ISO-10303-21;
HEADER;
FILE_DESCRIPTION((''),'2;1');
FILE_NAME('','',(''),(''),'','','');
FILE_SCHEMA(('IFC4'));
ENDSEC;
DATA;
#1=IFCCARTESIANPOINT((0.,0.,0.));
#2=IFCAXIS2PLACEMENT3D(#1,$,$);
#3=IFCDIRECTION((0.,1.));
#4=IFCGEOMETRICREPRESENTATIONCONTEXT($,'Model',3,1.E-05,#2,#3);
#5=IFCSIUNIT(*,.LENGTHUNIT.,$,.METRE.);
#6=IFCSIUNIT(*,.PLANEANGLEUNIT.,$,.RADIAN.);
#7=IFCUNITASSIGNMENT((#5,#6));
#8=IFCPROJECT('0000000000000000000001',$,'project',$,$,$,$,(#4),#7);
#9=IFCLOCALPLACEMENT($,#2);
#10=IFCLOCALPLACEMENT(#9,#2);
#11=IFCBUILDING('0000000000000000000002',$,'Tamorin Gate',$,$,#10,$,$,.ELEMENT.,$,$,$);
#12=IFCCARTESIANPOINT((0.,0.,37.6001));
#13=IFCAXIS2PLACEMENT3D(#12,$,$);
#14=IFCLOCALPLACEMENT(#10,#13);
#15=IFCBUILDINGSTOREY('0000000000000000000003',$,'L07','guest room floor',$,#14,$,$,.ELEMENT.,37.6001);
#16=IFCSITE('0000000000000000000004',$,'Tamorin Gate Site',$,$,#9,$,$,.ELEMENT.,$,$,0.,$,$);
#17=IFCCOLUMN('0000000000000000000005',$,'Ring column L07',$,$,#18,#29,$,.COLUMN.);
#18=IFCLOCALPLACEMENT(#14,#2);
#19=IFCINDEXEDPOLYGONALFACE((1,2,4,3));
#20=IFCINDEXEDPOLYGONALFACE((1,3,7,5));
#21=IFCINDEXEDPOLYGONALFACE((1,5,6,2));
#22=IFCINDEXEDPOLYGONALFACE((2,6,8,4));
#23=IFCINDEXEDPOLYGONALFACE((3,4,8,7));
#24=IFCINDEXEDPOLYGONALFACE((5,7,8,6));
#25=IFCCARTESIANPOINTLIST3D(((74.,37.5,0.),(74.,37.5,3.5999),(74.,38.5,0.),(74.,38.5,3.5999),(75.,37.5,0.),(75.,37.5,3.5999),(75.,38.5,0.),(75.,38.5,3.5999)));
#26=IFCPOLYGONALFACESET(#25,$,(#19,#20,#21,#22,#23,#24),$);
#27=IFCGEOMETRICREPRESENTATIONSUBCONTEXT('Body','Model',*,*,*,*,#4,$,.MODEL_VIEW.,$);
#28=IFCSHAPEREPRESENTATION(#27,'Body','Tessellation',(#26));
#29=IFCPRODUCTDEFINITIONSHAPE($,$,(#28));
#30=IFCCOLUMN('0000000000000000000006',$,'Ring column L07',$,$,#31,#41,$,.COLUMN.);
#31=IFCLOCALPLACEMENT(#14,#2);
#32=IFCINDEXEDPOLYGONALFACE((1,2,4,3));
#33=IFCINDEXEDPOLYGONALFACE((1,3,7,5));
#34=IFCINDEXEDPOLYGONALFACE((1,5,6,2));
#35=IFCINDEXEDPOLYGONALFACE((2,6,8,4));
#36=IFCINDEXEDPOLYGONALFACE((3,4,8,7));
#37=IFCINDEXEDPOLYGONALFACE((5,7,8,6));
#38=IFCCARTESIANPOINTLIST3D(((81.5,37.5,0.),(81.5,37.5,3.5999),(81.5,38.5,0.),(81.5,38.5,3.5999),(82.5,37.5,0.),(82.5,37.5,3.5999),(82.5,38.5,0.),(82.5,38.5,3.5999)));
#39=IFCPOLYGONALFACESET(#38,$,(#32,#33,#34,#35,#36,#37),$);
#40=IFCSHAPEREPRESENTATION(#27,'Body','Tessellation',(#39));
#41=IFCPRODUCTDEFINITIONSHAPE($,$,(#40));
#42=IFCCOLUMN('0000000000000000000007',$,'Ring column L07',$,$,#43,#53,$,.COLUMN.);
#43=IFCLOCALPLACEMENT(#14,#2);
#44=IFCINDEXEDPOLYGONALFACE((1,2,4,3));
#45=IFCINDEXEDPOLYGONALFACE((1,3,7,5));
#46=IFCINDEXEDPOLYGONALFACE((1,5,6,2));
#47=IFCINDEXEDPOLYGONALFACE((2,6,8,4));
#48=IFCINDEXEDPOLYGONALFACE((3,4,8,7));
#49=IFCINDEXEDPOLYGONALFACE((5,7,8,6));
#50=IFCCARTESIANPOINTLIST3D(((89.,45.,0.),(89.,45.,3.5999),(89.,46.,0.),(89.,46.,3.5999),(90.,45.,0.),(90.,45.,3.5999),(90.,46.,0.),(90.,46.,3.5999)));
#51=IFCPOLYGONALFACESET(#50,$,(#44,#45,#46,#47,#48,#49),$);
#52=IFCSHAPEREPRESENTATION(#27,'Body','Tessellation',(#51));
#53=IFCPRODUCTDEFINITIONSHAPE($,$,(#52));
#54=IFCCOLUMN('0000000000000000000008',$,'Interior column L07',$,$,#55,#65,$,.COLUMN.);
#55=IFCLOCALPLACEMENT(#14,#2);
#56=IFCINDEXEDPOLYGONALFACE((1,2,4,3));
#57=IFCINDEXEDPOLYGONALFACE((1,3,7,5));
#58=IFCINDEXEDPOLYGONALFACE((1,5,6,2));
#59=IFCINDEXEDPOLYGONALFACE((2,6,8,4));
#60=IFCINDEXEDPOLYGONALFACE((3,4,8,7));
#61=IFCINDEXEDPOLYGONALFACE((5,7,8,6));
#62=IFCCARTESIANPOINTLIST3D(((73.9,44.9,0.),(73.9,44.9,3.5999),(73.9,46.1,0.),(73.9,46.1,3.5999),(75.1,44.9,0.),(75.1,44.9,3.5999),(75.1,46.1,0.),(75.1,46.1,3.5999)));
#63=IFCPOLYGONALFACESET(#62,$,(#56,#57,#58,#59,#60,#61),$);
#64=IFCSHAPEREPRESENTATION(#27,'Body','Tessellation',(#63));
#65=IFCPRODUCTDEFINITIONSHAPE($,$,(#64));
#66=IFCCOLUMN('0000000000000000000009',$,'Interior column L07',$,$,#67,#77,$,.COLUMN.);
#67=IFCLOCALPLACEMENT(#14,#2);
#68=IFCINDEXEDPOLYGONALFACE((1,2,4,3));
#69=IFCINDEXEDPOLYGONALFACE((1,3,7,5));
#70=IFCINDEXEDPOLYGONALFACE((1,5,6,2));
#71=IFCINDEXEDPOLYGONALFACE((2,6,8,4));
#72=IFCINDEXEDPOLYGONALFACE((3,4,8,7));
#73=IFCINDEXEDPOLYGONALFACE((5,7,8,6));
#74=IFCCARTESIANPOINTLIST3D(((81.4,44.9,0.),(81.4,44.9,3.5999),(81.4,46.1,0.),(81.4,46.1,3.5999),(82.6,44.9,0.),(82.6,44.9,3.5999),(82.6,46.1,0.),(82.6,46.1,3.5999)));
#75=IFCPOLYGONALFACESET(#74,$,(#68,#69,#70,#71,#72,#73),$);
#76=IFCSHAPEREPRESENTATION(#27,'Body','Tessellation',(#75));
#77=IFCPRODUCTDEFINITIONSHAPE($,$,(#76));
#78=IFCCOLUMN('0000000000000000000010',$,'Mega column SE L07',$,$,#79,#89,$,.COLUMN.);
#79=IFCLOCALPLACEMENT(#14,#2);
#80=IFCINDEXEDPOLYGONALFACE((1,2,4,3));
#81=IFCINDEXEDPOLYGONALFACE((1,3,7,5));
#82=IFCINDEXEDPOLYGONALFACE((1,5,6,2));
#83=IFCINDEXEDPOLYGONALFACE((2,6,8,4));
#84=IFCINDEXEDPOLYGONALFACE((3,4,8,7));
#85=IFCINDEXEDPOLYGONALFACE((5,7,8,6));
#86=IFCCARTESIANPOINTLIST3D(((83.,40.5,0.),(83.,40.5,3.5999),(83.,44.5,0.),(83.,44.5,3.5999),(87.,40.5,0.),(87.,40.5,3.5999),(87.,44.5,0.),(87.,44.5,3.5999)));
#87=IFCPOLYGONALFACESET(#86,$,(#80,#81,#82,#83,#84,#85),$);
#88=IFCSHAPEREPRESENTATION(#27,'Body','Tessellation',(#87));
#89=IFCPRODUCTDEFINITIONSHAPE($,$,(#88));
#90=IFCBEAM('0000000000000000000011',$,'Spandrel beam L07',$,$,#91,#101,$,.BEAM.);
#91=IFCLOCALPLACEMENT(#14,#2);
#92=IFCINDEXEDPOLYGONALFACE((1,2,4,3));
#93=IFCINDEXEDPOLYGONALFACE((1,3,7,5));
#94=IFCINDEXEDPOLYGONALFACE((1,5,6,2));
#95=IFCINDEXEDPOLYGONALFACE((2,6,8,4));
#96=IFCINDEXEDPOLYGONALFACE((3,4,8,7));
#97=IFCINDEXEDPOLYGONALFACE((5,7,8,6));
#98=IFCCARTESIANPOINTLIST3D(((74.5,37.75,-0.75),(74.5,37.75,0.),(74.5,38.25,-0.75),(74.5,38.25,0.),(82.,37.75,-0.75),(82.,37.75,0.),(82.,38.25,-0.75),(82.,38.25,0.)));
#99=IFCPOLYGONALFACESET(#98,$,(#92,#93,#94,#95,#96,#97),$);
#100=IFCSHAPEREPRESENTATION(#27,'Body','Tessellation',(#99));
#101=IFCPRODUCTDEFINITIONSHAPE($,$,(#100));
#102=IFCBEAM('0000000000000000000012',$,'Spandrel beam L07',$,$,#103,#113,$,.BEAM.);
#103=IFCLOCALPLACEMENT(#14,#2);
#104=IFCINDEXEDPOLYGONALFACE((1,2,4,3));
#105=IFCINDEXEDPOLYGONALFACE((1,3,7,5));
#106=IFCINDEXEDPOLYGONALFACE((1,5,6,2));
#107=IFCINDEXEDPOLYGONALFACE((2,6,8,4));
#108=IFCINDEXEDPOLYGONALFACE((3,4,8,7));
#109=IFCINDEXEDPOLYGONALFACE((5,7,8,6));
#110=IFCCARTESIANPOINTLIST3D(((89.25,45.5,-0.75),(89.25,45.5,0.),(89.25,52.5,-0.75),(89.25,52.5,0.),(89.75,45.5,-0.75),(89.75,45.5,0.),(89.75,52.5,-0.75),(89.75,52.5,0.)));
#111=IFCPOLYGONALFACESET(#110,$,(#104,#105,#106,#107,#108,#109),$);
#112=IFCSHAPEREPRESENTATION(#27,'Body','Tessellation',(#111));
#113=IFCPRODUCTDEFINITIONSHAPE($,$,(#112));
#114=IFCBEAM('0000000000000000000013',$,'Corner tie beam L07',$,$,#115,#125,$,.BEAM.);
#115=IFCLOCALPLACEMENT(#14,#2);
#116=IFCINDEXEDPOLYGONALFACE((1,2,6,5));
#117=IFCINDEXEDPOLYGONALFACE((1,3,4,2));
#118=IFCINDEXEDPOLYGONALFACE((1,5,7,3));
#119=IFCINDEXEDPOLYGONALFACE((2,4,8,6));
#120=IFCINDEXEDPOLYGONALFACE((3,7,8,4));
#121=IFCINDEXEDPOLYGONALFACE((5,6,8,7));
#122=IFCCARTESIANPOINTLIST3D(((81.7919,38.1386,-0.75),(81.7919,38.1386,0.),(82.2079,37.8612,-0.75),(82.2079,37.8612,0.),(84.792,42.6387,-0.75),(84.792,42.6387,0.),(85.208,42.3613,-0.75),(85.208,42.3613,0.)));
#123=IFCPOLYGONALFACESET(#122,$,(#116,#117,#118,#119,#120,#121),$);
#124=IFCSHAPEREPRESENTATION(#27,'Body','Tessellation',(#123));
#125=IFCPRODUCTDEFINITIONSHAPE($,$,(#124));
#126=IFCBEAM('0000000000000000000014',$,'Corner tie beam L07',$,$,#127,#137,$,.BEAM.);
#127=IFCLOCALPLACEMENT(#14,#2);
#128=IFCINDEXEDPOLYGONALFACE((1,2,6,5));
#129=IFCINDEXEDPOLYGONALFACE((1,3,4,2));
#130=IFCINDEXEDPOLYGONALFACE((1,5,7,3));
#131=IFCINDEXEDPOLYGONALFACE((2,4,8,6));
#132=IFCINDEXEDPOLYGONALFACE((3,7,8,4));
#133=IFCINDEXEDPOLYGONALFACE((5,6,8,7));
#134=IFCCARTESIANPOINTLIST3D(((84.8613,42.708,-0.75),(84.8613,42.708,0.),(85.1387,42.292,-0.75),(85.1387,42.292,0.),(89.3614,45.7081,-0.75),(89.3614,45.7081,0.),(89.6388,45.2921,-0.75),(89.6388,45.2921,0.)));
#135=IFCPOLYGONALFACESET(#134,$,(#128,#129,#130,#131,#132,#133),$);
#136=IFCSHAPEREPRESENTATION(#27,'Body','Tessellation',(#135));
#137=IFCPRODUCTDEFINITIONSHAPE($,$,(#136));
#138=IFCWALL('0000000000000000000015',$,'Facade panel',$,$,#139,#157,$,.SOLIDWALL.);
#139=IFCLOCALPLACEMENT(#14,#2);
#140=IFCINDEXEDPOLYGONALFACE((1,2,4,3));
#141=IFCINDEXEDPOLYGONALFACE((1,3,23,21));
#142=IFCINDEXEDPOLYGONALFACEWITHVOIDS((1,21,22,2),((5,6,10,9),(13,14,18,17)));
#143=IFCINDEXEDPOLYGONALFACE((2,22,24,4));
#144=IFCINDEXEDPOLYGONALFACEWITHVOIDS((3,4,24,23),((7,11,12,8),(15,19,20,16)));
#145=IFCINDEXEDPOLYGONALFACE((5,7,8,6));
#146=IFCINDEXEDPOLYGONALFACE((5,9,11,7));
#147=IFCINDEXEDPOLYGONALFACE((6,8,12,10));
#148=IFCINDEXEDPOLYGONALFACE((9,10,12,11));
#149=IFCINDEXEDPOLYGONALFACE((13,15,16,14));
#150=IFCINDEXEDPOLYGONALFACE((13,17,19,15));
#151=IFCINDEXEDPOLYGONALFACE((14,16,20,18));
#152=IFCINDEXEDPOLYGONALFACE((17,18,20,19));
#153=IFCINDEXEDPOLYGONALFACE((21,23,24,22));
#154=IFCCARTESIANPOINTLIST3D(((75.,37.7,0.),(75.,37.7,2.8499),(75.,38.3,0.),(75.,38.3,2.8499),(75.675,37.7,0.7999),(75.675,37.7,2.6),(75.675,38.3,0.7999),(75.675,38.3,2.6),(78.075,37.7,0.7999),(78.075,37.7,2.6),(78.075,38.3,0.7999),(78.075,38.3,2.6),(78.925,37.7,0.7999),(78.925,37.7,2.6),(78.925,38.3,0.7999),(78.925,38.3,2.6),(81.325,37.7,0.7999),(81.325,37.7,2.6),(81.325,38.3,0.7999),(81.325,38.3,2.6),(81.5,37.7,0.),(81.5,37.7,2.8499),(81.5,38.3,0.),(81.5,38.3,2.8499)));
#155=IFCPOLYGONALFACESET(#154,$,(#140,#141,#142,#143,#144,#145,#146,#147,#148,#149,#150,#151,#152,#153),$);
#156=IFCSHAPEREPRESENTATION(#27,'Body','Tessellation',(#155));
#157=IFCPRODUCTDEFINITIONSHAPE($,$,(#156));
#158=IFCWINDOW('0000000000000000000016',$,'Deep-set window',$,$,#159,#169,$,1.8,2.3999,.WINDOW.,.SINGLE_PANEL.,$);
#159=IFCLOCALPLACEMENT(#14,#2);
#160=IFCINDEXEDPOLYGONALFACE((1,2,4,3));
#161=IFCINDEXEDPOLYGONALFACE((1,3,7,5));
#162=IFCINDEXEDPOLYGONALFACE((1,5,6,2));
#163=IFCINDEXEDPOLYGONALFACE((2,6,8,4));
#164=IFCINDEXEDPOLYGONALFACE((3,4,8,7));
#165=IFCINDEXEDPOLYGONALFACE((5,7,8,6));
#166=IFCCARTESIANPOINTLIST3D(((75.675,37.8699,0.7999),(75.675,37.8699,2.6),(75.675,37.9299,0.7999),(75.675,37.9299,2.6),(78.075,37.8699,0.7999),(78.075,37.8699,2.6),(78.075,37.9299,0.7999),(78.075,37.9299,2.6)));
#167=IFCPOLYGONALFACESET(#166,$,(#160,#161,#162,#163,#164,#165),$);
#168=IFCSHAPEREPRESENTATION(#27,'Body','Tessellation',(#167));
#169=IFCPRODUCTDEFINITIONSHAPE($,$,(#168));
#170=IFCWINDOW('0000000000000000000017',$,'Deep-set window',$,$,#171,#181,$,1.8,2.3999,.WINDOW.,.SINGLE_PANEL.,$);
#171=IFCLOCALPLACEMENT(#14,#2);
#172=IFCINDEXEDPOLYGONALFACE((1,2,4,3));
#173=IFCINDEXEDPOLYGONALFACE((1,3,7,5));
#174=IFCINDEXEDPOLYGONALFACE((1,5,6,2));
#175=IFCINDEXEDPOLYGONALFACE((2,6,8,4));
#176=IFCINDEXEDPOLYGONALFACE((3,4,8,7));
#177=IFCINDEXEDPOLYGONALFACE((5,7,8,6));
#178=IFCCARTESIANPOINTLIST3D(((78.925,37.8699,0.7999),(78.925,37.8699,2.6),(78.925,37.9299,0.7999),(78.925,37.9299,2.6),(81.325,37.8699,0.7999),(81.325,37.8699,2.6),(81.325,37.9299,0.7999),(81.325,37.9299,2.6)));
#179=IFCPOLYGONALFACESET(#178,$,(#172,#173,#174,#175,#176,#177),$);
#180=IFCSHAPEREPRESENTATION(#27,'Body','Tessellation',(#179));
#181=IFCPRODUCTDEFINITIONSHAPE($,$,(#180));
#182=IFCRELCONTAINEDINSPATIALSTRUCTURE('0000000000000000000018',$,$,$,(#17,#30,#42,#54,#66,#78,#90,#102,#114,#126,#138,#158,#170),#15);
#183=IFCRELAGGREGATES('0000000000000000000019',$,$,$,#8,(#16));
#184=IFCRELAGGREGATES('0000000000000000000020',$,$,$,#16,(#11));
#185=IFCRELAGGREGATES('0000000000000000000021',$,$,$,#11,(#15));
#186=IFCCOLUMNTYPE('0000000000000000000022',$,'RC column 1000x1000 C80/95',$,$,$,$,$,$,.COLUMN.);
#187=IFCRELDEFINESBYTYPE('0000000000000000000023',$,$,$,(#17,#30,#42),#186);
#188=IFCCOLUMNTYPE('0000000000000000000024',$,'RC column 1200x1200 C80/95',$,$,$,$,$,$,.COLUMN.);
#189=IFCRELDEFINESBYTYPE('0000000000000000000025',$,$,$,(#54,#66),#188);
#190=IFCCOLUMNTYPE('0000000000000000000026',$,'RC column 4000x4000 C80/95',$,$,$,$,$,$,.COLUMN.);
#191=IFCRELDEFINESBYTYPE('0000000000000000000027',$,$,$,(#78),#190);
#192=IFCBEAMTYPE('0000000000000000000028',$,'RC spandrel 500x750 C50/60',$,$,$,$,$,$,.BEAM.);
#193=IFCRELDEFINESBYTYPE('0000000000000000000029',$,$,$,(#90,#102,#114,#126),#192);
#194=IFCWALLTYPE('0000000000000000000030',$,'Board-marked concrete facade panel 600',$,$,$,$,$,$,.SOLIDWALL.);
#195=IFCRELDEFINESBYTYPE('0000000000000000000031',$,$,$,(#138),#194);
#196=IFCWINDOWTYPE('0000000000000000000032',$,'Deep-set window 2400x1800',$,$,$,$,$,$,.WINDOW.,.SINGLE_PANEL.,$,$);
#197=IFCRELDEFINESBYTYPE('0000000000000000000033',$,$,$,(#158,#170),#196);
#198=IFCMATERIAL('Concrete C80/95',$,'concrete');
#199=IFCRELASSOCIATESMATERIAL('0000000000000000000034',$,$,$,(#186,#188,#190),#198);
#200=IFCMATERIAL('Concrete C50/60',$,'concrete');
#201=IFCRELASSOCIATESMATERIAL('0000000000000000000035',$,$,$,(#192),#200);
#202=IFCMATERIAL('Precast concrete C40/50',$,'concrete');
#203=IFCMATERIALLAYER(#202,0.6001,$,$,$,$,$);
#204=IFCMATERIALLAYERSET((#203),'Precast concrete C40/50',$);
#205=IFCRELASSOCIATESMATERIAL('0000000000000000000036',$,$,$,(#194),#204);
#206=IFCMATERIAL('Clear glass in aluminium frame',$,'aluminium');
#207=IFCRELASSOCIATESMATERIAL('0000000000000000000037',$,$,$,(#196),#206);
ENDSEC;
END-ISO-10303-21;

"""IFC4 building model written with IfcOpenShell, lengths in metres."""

from ifc_helpers import new_model, si_unit, direction, frame, frame_2d, origin, origin_2d, place, context, subcontext, project, spatial, rectangle, extrude, material, layer, layer_set, material_profile, profile_set, type_object, element, fill, save


model = new_model("IFC4")

# Units and contexts
model_context = context("Model", 3, precision=1e-05, world=origin(), true_north=direction((0.0, 1.0)))
body_context = subcontext(model_context, "Body", "Model", "MODEL_VIEW")
ifc_project = project(units=[si_unit("LENGTHUNIT", "METRE"), si_unit("PLANEANGLEUNIT", "RADIAN")], contexts=[model_context])

# Site, building, storey
site_placement = place(None, origin())
site = spatial("IfcSite", under=ifc_project, at=site_placement, Name="Tamorin Gate Site", CompositionType="ELEMENT", RefElevation=0.0)
building_placement = place(site_placement, origin())
building = spatial("IfcBuilding", under=site, at=building_placement, Name="Tamorin Gate", CompositionType="ELEMENT")
storey_placement = place(building_placement, frame((0.0, 0.0, 37.6001)))
storey = spatial("IfcBuildingStorey", under=building, at=storey_placement, Name="L07", Description="guest room floor", CompositionType="ELEMENT", Elevation=37.6001)

# Columns
ifc_material_1 = material(Name="Concrete C80/95", Category="concrete")
ifc_material_profile_1 = material_profile(ifc_material_1, rectangle(XDim=1.0, YDim=1.0, at=origin_2d()), Name="RC 1000x1000")
ifc_profile_set_1 = profile_set([ifc_material_profile_1], Name="Concrete C80/95")
column_type_1 = type_object("IfcColumnType", Name="RC column 1000x1000 C80/95", PredefinedType="COLUMN", material=ifc_profile_set_1)
for number, where, z_axis, x_axis, name in (
    (1, (74.5, 38.0, 0.0), (0.0, 0.0, 1.0), (1.0, 0.0, 0.0), "Ring column L07"),
    (2, (82.0, 38.0, 0.0), (0.0, 0.0, 1.0), (1.0, 0.0, 0.0), "Ring column L07"),
    (3, (89.5, 45.5, 0.0), (0.0, 0.0, 1.0), (1.0, 0.0, 0.0), "Ring column L07"),
):
    element("IfcColumn", number, at=place(storey_placement, frame(where, z_axis=z_axis, x_axis=x_axis)), inside=storey, type_object=column_type_1, Name=name, PredefinedType="COLUMN", context=body_context, shape_type="SweptSolid", body=[
        extrude(rectangle(XDim=1.0, YDim=1.0, at=origin_2d()), origin(), (0.0, 0.0, 1.0), 3.5999),
    ])
ifc_material_profile_2 = material_profile(ifc_material_1, rectangle(XDim=1.2, YDim=1.2, at=origin_2d()), Name="RC 1200x1200")
ifc_profile_set_2 = profile_set([ifc_material_profile_2], Name="Concrete C80/95")
column_type_2 = type_object("IfcColumnType", Name="RC column 1200x1200 C80/95", PredefinedType="COLUMN", material=ifc_profile_set_2)
for number, where, z_axis, x_axis, name in (
    (4, (74.5, 45.5, 0.0), (0.0, 0.0, 1.0), (1.0, 0.0, 0.0), "Interior column L07"),
    (5, (82.0, 45.5, 0.0), (0.0, 0.0, 1.0), (1.0, 0.0, 0.0), "Interior column L07"),
):
    element("IfcColumn", number, at=place(storey_placement, frame(where, z_axis=z_axis, x_axis=x_axis)), inside=storey, type_object=column_type_2, Name=name, PredefinedType="COLUMN", context=body_context, shape_type="SweptSolid", body=[
        extrude(rectangle(XDim=1.2, YDim=1.2, at=origin_2d()), origin(), (0.0, 0.0, 1.0), 3.5999),
    ])
ifc_material_profile_3 = material_profile(ifc_material_1, rectangle(XDim=4.0, YDim=4.0, at=origin_2d()), Name="RC 4000x4000")
ifc_profile_set_3 = profile_set([ifc_material_profile_3], Name="Concrete C80/95")
column_type_3 = type_object("IfcColumnType", Name="RC column 4000x4000 C80/95", PredefinedType="COLUMN", material=ifc_profile_set_3)
column_placement = place(storey_placement, frame((85.0, 42.5, 0.0), z_axis=(0.0, 0.0, 1.0), x_axis=(1.0, 0.0, 0.0)))
element("IfcColumn", 6, at=column_placement, inside=storey, type_object=column_type_3, Name="Mega column SE L07", PredefinedType="COLUMN", context=body_context, shape_type="SweptSolid", body=[
    extrude(rectangle(XDim=4.0, YDim=4.0, at=origin_2d()), origin(), (0.0, 0.0, 1.0), 3.5999),
])

# Beams
ifc_material_2 = material(Name="Concrete C50/60", Category="concrete")
ifc_material_profile_4 = material_profile(ifc_material_2, rectangle(XDim=0.5, YDim=0.75, at=origin_2d()), Name="RC 500x750")
ifc_profile_set_4 = profile_set([ifc_material_profile_4], Name="Concrete C50/60")
beam_type = type_object("IfcBeamType", Name="RC spandrel 500x750 C50/60", PredefinedType="BEAM", material=ifc_profile_set_4)
beam_1_placement = place(storey_placement, frame((74.5, 38.0, -0.375), z_axis=(1.0, 0.0, 0.0), x_axis=(0.0, 1.0, 0.0)))
element("IfcBeam", 7, at=beam_1_placement, inside=storey, type_object=beam_type, Name="Spandrel beam L07", PredefinedType="BEAM", context=body_context, shape_type="SweptSolid", body=[
    extrude(rectangle(XDim=0.5, YDim=0.75, at=origin_2d()), origin(), (0.0, 0.0, 1.0), 7.5),
])
beam_2_placement = place(storey_placement, frame((89.5, 45.5, -0.375), z_axis=(0.0, 1.0, 0.0), x_axis=(-1.0, 0.0, 0.0)))
element("IfcBeam", 8, at=beam_2_placement, inside=storey, type_object=beam_type, Name="Spandrel beam L07", PredefinedType="BEAM", context=body_context, shape_type="SweptSolid", body=[
    extrude(rectangle(XDim=0.5, YDim=0.75, at=origin_2d()), origin(), (0.0, 0.0, 1.0), 7.0),
])
for number, where, z_axis, x_axis, name in (
    (9, (85.0, 42.5, -0.375), (-0.5547, -0.83205, 0.0), (0.83205, -0.5547, 0.0), "Corner tie beam L07"),
    (10, (85.0, 42.5, -0.375), (0.83205, 0.5547, 0.0), (-0.5547, 0.83205, 0.0), "Corner tie beam L07"),
):
    element("IfcBeam", number, at=place(storey_placement, frame(where, z_axis=z_axis, x_axis=x_axis)), inside=storey, type_object=beam_type, Name=name, PredefinedType="BEAM", context=body_context, shape_type="SweptSolid", body=[
        extrude(rectangle(XDim=0.5, YDim=0.75, at=origin_2d()), origin(), (0.0, 0.0, 1.0), 5.4084),
    ])

# Wall, openings, windows
ifc_material_3 = material(Name="Precast concrete C40/50", Category="concrete")
ifc_layer_1 = layer(ifc_material_3, 0.6001)
ifc_layer_set_1 = layer_set([ifc_layer_1], Name="Precast concrete C40/50")
wall_type_1 = type_object("IfcWallType", Name="Board-marked concrete facade panel 600", PredefinedType="SOLIDWALL", material=ifc_layer_set_1)
wall_1_placement = place(storey_placement, frame((75.0, 38.0, 0.0), z_axis=(0.0, 0.0, 1.0), x_axis=(1.0, 0.0, 0.0)))
wall_1 = element("IfcWall", 11, at=wall_1_placement, inside=storey, type_object=wall_type_1, Name="Facade panel", PredefinedType="SOLIDWALL", context=body_context, shape_type="SweptSolid", body=[
    extrude(rectangle(XDim=6.5, YDim=0.6001, at=frame_2d((3.25, 0.0))), origin(), (0.0, 0.0, 1.0), 2.8499),
])
opening_1_placement = place(wall_1_placement, frame((0.675, 0.0, 0.8)))
opening_1 = element("IfcOpeningElement", 12, at=opening_1_placement, cuts=wall_1, PredefinedType="OPENING", context=body_context, shape_type="SweptSolid", body=[
    extrude(rectangle(XDim=2.3999, YDim=1.8, at=frame_2d((1.2, 0.8999))), frame((0.0, 0.3101, 0.0), z_axis=(0.0, -1.0, 0.0), x_axis=(1.0, 0.0, 0.0)), (0.0, 0.0, 1.0), 0.6201),
])
opening_2_placement = place(wall_1_placement, frame((3.925, 0.0, 0.8)))
opening_2 = element("IfcOpeningElement", 13, at=opening_2_placement, cuts=wall_1, PredefinedType="OPENING", context=body_context, shape_type="SweptSolid", body=[
    extrude(rectangle(XDim=2.3999, YDim=1.8, at=frame_2d((1.2, 0.8999))), frame((0.0, 0.3101, 0.0), z_axis=(0.0, -1.0, 0.0), x_axis=(1.0, 0.0, 0.0)), (0.0, 0.0, 1.0), 0.6201),
])
ifc_material_4 = material(Name="Clear glass in aluminium frame", Category="aluminium")
window_type = type_object("IfcWindowType", Name="Deep-set window 2400x1800", PartitioningType="SINGLE_PANEL", PredefinedType="WINDOW", material=ifc_material_4)
window_1_placement = place(opening_1_placement, origin())
window_1 = element("IfcWindow", 14, at=window_1_placement, inside=storey, type_object=window_type, Name="Deep-set window", OverallHeight=1.8, OverallWidth=2.3999, PartitioningType="SINGLE_PANEL", PredefinedType="WINDOW", context=body_context, shape_type="SweptSolid", body=[
    extrude(rectangle(XDim=2.3999, YDim=1.8, at=frame_2d((1.2, 0.8999))), frame((0.0, -0.0701, 0.0), z_axis=(0.0, -1.0, 0.0), x_axis=(1.0, 0.0, 0.0)), (0.0, 0.0, 1.0), 0.0601),
])
fill(opening_1, window_1)
window_2_placement = place(opening_2_placement, origin())
window_2 = element("IfcWindow", 15, at=window_2_placement, inside=storey, type_object=window_type, Name="Deep-set window", OverallHeight=1.8, OverallWidth=2.3999, PartitioningType="SINGLE_PANEL", PredefinedType="WINDOW", context=body_context, shape_type="SweptSolid", body=[
    extrude(rectangle(XDim=2.3999, YDim=1.8, at=frame_2d((1.2, 0.8999))), frame((0.0, -0.0701, 0.0), z_axis=(0.0, -1.0, 0.0), x_axis=(1.0, 0.0, 0.0)), (0.0, 0.0, 1.0), 0.0601),
])
fill(opening_2, window_2)

save(model, "model.ifc")
